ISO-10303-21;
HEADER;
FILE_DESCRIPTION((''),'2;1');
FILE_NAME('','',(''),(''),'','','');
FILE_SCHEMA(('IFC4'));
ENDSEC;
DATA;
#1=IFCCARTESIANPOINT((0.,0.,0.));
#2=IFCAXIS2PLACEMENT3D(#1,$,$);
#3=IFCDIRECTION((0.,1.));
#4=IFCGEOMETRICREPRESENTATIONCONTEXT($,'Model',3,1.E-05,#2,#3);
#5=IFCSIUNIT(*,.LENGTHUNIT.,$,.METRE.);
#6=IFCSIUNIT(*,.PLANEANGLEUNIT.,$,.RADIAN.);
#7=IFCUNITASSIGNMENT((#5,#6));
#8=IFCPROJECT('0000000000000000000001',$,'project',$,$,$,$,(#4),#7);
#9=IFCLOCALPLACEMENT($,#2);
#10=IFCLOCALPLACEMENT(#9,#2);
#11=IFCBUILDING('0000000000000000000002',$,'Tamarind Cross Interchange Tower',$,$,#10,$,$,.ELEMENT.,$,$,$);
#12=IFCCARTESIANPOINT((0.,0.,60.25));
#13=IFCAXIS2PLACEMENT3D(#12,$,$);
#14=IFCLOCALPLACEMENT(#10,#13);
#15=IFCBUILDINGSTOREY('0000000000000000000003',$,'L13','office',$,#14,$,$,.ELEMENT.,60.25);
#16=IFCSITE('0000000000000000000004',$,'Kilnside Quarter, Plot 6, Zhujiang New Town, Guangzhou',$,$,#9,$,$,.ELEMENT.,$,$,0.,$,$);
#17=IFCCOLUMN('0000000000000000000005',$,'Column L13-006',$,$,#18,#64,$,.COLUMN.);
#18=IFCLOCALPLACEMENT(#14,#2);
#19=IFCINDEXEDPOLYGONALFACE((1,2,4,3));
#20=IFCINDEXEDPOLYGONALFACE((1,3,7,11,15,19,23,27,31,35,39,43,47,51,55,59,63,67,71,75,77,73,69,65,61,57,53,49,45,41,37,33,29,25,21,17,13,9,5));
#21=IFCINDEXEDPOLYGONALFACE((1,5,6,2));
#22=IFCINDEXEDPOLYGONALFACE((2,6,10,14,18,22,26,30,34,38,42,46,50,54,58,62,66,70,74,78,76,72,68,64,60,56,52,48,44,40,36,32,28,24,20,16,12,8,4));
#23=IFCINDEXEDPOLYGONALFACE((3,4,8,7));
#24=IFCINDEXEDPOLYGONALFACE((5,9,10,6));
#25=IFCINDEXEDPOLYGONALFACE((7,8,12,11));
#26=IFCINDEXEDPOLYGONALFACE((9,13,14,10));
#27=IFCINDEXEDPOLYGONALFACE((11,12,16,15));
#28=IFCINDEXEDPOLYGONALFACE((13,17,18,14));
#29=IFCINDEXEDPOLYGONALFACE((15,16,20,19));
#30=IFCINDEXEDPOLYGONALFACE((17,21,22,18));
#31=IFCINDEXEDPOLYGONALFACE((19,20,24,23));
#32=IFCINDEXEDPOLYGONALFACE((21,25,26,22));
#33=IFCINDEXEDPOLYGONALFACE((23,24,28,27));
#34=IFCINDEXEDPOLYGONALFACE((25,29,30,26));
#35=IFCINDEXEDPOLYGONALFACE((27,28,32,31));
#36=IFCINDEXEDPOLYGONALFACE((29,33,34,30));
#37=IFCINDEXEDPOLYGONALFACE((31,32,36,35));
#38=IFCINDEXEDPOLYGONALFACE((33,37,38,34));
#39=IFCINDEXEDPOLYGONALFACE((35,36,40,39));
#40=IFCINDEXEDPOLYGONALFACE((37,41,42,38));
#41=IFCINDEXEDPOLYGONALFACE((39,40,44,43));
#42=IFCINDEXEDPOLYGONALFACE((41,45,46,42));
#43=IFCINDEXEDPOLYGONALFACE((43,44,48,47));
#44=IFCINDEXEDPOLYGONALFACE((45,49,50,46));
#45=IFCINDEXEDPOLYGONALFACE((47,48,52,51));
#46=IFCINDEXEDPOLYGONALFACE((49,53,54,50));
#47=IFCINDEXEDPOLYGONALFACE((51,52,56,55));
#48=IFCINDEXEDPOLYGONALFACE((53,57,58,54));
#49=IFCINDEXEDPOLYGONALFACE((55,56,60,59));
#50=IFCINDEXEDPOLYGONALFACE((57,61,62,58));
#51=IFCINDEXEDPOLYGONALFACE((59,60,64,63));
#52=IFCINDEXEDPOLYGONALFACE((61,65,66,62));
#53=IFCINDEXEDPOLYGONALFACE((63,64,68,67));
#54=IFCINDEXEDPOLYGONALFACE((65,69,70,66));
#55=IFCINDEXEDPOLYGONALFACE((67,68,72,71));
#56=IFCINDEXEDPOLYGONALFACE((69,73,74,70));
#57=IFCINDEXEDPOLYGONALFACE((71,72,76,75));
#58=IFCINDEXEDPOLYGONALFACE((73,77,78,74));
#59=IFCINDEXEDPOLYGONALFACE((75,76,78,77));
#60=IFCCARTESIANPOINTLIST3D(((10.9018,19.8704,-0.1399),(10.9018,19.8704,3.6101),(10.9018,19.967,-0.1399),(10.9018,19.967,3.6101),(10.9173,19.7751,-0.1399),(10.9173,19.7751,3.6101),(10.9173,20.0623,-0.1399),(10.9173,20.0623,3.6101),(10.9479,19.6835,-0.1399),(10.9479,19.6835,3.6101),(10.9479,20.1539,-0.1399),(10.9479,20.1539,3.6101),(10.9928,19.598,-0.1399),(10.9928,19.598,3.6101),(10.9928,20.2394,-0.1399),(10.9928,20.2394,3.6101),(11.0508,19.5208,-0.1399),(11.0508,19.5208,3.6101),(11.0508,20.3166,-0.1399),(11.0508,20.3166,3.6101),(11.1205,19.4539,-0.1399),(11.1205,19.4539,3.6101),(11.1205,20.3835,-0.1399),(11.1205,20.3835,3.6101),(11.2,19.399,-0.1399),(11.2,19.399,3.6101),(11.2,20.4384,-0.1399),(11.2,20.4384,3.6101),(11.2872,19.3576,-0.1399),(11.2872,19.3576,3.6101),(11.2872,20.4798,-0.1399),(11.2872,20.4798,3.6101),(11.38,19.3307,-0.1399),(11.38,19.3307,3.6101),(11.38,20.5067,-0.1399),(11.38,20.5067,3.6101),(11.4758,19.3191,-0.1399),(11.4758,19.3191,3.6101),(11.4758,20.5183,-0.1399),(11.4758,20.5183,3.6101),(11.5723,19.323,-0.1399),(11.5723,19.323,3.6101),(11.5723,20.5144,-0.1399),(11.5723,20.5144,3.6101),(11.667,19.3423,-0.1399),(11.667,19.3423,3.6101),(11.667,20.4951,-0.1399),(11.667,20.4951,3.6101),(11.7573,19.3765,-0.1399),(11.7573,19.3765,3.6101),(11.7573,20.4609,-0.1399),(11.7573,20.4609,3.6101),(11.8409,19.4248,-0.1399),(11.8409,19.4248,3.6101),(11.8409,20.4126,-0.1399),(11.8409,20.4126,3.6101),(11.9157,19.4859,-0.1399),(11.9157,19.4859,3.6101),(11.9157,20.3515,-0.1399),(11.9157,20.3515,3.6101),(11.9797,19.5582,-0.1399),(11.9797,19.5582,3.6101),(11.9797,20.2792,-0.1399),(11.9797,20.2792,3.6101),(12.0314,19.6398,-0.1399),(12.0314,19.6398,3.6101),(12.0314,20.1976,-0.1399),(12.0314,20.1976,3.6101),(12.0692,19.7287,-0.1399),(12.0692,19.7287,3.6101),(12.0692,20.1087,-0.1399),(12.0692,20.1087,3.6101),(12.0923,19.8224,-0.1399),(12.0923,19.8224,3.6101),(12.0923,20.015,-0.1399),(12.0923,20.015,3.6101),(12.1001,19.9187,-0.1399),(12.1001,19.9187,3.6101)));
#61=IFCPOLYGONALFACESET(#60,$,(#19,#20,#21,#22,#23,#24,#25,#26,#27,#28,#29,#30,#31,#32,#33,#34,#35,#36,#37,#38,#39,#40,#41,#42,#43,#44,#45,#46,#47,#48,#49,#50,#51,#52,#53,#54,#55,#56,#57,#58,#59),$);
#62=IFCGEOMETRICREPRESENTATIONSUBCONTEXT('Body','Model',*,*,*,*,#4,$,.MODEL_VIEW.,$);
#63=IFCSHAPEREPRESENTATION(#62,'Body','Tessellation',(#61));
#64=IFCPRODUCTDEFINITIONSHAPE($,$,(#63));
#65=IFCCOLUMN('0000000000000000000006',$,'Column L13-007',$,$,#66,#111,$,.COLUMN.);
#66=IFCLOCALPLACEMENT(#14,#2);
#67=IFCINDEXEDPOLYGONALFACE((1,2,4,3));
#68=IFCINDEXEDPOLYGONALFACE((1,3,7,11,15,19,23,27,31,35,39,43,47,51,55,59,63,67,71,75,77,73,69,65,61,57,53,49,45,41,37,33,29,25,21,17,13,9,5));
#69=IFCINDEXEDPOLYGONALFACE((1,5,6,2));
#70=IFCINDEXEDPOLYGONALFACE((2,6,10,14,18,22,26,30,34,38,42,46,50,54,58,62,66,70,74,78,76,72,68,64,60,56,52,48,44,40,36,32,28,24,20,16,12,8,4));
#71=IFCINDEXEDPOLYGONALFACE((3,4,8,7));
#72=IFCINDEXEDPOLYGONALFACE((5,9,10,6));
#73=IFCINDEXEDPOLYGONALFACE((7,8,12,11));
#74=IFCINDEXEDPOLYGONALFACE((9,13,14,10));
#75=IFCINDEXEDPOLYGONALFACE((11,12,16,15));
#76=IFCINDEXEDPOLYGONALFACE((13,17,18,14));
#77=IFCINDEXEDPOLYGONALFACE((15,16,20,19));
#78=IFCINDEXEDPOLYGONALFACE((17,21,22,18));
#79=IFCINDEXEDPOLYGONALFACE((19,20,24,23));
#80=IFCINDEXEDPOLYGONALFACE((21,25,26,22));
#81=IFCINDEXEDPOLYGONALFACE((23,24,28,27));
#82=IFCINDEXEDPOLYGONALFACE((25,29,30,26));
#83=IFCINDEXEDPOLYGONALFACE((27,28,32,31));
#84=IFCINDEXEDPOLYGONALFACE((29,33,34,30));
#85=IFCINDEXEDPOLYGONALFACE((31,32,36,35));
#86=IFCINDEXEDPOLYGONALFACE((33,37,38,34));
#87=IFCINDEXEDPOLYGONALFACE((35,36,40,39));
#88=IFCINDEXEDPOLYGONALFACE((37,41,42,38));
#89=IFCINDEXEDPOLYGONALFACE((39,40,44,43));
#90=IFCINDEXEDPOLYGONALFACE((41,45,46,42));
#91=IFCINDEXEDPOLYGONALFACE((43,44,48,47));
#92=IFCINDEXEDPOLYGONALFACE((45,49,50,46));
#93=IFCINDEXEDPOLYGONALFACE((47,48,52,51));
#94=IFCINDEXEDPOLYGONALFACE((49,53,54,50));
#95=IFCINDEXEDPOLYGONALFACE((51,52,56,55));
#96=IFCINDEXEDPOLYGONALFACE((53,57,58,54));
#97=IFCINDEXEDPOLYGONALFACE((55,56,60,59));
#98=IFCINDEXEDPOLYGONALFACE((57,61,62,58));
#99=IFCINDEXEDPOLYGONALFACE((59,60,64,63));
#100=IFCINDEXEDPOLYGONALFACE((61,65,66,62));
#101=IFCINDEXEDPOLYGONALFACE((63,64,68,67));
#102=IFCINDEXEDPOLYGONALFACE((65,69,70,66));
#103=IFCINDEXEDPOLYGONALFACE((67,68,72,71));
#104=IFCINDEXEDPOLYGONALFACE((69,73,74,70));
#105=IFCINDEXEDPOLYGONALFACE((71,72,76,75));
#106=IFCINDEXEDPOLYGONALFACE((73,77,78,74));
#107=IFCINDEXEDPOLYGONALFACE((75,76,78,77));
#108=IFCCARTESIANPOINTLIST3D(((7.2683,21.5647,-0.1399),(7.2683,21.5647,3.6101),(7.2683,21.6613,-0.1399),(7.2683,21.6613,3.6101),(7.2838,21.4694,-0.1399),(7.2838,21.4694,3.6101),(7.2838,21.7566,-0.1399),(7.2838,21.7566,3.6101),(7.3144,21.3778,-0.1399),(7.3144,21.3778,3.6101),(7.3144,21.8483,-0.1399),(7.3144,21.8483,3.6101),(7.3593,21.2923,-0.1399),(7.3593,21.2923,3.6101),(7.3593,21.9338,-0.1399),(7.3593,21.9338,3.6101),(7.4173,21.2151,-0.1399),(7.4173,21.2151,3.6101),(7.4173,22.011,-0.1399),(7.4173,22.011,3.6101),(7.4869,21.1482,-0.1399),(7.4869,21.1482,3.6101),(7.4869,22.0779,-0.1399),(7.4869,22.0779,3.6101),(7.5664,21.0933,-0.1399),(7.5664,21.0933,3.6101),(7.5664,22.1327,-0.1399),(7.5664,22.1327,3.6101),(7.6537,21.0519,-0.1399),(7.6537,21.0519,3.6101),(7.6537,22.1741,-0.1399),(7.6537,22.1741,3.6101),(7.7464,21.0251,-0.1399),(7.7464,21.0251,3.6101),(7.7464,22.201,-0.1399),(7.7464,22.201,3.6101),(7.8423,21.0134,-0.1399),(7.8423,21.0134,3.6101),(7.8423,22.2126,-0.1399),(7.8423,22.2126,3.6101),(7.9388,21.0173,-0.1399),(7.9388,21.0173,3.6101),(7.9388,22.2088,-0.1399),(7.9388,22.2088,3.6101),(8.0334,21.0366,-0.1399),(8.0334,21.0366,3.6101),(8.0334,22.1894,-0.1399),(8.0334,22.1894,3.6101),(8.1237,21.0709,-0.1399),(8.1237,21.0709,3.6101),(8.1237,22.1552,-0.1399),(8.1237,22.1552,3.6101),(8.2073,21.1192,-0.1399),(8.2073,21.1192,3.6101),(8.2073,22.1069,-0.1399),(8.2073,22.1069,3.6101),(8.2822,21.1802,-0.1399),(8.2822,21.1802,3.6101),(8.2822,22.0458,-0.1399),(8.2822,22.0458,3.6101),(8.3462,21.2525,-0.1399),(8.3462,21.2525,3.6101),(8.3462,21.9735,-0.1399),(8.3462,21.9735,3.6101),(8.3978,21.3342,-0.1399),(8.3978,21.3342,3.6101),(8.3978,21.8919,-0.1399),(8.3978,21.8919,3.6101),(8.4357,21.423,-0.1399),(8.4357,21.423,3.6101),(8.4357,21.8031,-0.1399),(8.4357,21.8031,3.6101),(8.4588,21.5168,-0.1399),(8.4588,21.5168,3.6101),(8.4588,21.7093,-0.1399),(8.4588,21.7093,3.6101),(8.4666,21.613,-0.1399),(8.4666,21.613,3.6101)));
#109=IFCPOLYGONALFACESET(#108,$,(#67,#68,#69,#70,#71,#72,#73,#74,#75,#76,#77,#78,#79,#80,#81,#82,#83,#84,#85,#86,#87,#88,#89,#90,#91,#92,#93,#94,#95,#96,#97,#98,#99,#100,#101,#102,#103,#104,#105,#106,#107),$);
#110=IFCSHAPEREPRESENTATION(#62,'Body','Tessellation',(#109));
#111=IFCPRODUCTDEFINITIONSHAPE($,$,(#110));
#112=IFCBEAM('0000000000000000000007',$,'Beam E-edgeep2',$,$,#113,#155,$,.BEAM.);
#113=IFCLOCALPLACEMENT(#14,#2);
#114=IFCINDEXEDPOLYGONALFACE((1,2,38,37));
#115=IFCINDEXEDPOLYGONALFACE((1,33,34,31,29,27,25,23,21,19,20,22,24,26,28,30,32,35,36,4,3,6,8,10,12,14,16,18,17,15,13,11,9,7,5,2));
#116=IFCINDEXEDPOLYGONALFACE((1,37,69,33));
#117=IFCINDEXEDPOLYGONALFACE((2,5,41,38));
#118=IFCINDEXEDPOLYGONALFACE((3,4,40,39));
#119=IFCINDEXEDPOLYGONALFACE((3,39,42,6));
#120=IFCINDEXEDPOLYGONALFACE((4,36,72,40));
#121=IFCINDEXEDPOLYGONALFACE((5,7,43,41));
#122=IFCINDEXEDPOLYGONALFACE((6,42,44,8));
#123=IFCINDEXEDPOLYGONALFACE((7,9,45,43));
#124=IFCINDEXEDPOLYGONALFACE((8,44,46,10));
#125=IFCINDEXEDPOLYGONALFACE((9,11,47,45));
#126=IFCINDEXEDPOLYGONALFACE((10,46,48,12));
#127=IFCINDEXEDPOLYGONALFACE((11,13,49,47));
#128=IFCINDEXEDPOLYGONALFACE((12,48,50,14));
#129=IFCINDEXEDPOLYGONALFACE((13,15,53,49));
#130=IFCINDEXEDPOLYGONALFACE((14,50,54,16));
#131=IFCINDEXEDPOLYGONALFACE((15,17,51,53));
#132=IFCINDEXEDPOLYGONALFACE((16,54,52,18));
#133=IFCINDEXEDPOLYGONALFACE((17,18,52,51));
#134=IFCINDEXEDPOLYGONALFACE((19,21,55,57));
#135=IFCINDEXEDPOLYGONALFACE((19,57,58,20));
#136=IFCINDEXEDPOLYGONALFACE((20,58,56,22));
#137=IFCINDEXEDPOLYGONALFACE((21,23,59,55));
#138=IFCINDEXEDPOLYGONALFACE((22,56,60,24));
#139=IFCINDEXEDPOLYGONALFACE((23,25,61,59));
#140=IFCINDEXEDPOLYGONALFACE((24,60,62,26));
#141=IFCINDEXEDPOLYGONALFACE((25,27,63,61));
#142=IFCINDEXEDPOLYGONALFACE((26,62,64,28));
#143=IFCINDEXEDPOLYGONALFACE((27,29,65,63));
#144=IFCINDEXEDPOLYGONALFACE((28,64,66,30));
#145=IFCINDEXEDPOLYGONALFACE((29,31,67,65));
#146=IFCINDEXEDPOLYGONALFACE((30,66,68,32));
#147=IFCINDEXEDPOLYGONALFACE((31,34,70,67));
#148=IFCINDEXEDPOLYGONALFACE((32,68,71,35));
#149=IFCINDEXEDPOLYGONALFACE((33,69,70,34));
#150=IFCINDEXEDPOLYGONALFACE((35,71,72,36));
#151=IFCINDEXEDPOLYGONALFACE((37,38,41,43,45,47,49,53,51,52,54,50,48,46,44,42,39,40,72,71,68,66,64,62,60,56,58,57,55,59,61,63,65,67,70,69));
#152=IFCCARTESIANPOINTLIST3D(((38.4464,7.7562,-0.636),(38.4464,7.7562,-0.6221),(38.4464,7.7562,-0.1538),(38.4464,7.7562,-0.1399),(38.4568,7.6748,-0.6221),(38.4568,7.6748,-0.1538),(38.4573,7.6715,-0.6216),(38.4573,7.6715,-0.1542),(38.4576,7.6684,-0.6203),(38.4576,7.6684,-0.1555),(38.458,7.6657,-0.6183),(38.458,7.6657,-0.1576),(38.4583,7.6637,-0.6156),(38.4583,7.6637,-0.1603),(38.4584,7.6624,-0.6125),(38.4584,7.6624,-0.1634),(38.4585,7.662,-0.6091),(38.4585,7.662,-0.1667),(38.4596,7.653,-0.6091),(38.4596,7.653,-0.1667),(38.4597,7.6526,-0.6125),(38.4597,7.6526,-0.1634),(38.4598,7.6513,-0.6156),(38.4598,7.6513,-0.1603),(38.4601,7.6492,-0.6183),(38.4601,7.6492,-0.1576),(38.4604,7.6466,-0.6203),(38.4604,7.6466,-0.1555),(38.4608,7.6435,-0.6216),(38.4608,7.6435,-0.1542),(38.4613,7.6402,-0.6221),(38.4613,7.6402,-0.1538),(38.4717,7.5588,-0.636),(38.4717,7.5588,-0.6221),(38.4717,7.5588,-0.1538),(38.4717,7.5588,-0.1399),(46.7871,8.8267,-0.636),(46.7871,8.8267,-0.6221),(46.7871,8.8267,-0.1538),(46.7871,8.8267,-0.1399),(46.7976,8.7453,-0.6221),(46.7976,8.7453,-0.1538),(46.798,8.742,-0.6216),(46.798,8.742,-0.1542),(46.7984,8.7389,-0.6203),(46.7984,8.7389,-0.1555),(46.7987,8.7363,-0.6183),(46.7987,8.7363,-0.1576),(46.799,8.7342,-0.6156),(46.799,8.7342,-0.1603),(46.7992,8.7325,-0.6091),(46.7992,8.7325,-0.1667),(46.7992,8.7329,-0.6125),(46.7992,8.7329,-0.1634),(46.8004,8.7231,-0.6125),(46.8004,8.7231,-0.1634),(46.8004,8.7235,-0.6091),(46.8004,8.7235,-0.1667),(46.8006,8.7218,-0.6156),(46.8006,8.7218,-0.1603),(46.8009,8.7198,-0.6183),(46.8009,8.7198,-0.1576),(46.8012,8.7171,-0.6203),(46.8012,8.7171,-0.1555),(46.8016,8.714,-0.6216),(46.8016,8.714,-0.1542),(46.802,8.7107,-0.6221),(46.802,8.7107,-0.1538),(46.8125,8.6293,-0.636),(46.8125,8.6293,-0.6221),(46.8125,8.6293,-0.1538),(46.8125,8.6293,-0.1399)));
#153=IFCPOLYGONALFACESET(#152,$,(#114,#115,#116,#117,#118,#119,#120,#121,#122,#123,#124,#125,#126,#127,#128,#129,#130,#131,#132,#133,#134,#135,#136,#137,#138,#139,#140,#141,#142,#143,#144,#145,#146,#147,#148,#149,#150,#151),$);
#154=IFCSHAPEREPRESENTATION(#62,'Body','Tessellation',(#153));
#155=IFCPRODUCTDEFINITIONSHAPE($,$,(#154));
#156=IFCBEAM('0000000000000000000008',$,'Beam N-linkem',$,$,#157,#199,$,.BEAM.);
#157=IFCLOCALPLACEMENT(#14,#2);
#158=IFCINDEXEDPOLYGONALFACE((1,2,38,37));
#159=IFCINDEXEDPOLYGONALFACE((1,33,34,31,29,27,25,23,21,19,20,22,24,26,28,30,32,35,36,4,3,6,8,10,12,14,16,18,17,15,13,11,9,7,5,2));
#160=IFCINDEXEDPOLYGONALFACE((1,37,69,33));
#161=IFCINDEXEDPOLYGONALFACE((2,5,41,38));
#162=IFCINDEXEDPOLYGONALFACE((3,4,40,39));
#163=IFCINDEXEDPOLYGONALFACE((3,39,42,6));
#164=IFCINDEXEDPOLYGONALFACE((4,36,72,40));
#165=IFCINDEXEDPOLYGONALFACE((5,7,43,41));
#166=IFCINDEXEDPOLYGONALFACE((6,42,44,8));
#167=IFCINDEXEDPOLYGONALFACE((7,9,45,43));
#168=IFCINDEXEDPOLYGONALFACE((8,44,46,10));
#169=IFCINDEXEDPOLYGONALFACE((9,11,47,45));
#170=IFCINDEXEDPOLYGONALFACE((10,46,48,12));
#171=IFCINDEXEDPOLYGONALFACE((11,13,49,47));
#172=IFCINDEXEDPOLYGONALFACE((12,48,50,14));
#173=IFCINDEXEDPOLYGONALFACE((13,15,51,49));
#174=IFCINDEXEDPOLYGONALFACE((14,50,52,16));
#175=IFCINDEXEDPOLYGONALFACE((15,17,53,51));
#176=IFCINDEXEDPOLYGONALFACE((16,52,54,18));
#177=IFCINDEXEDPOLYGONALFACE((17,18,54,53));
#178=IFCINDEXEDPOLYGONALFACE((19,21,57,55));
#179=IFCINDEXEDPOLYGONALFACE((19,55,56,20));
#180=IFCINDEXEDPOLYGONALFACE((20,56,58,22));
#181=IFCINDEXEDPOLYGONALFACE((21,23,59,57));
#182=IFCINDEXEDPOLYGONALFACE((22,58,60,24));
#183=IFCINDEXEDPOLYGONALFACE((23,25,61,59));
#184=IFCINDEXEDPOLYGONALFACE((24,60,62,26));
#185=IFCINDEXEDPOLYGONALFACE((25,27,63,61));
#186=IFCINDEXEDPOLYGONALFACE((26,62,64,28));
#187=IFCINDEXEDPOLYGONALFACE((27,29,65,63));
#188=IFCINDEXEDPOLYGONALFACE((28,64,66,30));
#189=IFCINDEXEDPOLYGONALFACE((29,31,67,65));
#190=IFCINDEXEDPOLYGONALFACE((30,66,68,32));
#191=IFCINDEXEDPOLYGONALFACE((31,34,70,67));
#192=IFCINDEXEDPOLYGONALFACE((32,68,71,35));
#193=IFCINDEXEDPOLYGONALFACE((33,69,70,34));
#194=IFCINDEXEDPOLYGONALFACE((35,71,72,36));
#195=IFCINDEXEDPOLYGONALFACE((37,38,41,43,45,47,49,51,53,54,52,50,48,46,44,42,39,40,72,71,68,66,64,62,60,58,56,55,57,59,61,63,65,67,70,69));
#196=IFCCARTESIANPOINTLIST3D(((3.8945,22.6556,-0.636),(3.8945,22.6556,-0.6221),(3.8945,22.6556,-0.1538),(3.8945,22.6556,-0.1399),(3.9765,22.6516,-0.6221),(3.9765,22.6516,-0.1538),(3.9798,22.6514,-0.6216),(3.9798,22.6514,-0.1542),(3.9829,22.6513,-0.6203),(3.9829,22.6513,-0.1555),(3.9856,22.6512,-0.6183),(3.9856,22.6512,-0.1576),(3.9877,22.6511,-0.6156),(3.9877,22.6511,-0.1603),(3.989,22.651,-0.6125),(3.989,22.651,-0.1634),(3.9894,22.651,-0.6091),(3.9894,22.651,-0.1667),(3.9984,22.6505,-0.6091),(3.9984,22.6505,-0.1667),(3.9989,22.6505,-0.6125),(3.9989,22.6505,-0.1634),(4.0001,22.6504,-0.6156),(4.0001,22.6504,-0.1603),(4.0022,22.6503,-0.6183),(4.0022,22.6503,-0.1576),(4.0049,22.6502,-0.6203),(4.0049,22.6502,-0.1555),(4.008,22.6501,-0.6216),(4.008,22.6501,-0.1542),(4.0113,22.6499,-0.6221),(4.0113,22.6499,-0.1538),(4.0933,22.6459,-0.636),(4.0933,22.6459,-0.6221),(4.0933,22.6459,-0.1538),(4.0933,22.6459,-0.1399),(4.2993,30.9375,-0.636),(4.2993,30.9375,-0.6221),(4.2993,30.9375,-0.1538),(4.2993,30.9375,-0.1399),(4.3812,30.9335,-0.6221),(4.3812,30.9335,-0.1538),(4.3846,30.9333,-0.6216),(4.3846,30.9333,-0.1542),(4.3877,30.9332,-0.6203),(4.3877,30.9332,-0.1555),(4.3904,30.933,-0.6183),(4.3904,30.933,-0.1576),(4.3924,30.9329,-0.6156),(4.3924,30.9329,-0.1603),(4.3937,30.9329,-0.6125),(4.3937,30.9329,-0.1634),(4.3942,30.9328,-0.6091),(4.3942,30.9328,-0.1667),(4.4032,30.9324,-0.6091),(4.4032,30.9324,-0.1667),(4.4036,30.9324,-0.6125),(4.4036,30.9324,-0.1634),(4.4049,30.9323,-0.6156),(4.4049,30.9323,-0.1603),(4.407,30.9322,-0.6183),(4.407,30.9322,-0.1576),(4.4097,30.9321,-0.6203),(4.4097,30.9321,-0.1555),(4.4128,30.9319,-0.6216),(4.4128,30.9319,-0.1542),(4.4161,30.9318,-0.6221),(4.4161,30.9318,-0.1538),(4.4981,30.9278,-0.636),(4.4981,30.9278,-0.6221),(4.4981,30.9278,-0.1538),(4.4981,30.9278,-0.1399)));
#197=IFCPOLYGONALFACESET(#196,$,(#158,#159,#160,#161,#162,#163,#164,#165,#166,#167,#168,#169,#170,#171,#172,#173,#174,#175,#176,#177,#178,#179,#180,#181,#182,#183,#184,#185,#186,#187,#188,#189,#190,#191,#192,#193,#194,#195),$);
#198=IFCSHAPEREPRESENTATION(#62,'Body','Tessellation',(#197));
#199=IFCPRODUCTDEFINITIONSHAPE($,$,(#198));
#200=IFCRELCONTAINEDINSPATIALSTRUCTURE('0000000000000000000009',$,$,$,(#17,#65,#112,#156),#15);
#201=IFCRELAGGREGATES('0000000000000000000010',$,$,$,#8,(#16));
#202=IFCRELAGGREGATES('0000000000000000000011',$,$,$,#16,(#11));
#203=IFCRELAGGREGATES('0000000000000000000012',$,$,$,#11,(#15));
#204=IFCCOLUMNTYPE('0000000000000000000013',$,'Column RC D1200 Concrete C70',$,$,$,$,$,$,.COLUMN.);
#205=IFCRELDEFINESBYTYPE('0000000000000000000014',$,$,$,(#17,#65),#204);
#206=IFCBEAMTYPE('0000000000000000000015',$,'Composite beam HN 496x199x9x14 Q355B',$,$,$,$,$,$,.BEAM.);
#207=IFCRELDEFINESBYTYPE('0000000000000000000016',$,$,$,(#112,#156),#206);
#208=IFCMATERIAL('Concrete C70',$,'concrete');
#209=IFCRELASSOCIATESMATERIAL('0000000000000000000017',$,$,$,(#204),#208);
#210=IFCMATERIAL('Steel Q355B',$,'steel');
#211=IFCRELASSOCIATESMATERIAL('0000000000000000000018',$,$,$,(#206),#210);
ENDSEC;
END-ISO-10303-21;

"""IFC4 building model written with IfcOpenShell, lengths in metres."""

from ifc_helpers import new_model, si_unit, direction, frame, origin, origin_2d, place, context, subcontext, project, spatial, circle, i_section, extrude, material, material_profile, profile_set, type_object, element, save


model = new_model("IFC4")

# Units and contexts
model_context = context("Model", 3, precision=1e-05, world=origin(), true_north=direction((0.0, 1.0)))
body_context = subcontext(model_context, "Body", "Model", "MODEL_VIEW")
ifc_project = project(units=[si_unit("LENGTHUNIT", "METRE"), si_unit("PLANEANGLEUNIT", "RADIAN")], contexts=[model_context])

# Site, building, storey
site_placement = place(None, origin())
site = spatial("IfcSite", under=ifc_project, at=site_placement, Name="Kilnside Quarter, Plot 6, Zhujiang New Town, Guangzhou", CompositionType="ELEMENT", RefElevation=0.0)
building_placement = place(site_placement, origin())
building = spatial("IfcBuilding", under=site, at=building_placement, Name="Tamarind Cross Interchange Tower", CompositionType="ELEMENT")
storey_placement = place(building_placement, frame((0.0, 0.0, 60.25)))
storey = spatial("IfcBuildingStorey", under=building, at=storey_placement, Name="L13", Description="office", CompositionType="ELEMENT", Elevation=60.25)

# Columns
ifc_material_1 = material(Name="Concrete C70", Category="concrete")
ifc_material_profile_1 = material_profile(ifc_material_1, circle(Radius=0.6001, at=origin_2d()), Name="RC D1200")
ifc_profile_set_1 = profile_set([ifc_material_profile_1], Name="Concrete C70")
column_type_1 = type_object("IfcColumnType", Name="Column RC D1200 Concrete C70", PredefinedType="COLUMN", material=ifc_profile_set_1)
for number, where, z_axis, x_axis, name in (
    (1, (11.5, 19.9187, -0.1399), (0.0, 0.0, 1.0), (1.0, 0.0, 0.0), "Column L13-006"),
    (2, (7.8665, 21.613, -0.1399), (0.0, 0.0, 1.0), (1.0, 0.0, 0.0), "Column L13-007"),
):
    element("IfcColumn", number, at=place(storey_placement, frame(where, z_axis=z_axis, x_axis=x_axis)), inside=storey, type_object=column_type_1, Name=name, PredefinedType="COLUMN", context=body_context, shape_type="SweptSolid", body=[
        extrude(circle(Radius=0.6001, at=origin_2d()), origin(), (0.0, 0.0, 1.0), 3.75),
    ])

# Beams
ifc_material_2 = material(Name="Steel Q355B", Category="steel")
ifc_material_profile_2 = material_profile(ifc_material_2, i_section(OverallWidth=0.199, OverallDepth=0.4961, WebThickness=0.009, FlangeThickness=0.0139, FilletRadius=0.0129, at=origin_2d()), Name="HN 496x199x9x14")
ifc_profile_set_2 = profile_set([ifc_material_profile_2], Name="Steel Q355B")
beam_type_1 = type_object("IfcBeamType", Name="Composite beam HN 496x199x9x14 Q355B", PredefinedType="BEAM", material=ifc_profile_set_2)
beam_1_placement = place(storey_placement, frame((46.7998, 8.728, -0.3879), z_axis=(-0.991863, -0.127307, 0.0), x_axis=(0.127307, -0.991863, 0.0)))
element("IfcBeam", 3, at=beam_1_placement, inside=storey, type_object=beam_type_1, Name="Beam E-edgeep2", PredefinedType="BEAM", context=body_context, shape_type="SweptSolid", body=[
    extrude(i_section(OverallWidth=0.199, OverallDepth=0.4961, WebThickness=0.009, FlangeThickness=0.0139, FilletRadius=0.0129, at=origin_2d()), origin(), (0.0, 0.0, 1.0), 8.4092),
])
beam_2_placement = place(storey_placement, frame((4.3987, 30.9326, -0.3879), z_axis=(-0.048817, -0.998808, 0.0), x_axis=(0.998808, -0.048817, 0.0)))
element("IfcBeam", 4, at=beam_2_placement, inside=storey, type_object=beam_type_1, Name="Beam N-linkem", PredefinedType="BEAM", context=body_context, shape_type="SweptSolid", body=[
    extrude(i_section(OverallWidth=0.199, OverallDepth=0.4961, WebThickness=0.009, FlangeThickness=0.0139, FilletRadius=0.0129, at=origin_2d()), origin(), (0.0, 0.0, 1.0), 8.2917),
])

save(model, "model.ifc")
